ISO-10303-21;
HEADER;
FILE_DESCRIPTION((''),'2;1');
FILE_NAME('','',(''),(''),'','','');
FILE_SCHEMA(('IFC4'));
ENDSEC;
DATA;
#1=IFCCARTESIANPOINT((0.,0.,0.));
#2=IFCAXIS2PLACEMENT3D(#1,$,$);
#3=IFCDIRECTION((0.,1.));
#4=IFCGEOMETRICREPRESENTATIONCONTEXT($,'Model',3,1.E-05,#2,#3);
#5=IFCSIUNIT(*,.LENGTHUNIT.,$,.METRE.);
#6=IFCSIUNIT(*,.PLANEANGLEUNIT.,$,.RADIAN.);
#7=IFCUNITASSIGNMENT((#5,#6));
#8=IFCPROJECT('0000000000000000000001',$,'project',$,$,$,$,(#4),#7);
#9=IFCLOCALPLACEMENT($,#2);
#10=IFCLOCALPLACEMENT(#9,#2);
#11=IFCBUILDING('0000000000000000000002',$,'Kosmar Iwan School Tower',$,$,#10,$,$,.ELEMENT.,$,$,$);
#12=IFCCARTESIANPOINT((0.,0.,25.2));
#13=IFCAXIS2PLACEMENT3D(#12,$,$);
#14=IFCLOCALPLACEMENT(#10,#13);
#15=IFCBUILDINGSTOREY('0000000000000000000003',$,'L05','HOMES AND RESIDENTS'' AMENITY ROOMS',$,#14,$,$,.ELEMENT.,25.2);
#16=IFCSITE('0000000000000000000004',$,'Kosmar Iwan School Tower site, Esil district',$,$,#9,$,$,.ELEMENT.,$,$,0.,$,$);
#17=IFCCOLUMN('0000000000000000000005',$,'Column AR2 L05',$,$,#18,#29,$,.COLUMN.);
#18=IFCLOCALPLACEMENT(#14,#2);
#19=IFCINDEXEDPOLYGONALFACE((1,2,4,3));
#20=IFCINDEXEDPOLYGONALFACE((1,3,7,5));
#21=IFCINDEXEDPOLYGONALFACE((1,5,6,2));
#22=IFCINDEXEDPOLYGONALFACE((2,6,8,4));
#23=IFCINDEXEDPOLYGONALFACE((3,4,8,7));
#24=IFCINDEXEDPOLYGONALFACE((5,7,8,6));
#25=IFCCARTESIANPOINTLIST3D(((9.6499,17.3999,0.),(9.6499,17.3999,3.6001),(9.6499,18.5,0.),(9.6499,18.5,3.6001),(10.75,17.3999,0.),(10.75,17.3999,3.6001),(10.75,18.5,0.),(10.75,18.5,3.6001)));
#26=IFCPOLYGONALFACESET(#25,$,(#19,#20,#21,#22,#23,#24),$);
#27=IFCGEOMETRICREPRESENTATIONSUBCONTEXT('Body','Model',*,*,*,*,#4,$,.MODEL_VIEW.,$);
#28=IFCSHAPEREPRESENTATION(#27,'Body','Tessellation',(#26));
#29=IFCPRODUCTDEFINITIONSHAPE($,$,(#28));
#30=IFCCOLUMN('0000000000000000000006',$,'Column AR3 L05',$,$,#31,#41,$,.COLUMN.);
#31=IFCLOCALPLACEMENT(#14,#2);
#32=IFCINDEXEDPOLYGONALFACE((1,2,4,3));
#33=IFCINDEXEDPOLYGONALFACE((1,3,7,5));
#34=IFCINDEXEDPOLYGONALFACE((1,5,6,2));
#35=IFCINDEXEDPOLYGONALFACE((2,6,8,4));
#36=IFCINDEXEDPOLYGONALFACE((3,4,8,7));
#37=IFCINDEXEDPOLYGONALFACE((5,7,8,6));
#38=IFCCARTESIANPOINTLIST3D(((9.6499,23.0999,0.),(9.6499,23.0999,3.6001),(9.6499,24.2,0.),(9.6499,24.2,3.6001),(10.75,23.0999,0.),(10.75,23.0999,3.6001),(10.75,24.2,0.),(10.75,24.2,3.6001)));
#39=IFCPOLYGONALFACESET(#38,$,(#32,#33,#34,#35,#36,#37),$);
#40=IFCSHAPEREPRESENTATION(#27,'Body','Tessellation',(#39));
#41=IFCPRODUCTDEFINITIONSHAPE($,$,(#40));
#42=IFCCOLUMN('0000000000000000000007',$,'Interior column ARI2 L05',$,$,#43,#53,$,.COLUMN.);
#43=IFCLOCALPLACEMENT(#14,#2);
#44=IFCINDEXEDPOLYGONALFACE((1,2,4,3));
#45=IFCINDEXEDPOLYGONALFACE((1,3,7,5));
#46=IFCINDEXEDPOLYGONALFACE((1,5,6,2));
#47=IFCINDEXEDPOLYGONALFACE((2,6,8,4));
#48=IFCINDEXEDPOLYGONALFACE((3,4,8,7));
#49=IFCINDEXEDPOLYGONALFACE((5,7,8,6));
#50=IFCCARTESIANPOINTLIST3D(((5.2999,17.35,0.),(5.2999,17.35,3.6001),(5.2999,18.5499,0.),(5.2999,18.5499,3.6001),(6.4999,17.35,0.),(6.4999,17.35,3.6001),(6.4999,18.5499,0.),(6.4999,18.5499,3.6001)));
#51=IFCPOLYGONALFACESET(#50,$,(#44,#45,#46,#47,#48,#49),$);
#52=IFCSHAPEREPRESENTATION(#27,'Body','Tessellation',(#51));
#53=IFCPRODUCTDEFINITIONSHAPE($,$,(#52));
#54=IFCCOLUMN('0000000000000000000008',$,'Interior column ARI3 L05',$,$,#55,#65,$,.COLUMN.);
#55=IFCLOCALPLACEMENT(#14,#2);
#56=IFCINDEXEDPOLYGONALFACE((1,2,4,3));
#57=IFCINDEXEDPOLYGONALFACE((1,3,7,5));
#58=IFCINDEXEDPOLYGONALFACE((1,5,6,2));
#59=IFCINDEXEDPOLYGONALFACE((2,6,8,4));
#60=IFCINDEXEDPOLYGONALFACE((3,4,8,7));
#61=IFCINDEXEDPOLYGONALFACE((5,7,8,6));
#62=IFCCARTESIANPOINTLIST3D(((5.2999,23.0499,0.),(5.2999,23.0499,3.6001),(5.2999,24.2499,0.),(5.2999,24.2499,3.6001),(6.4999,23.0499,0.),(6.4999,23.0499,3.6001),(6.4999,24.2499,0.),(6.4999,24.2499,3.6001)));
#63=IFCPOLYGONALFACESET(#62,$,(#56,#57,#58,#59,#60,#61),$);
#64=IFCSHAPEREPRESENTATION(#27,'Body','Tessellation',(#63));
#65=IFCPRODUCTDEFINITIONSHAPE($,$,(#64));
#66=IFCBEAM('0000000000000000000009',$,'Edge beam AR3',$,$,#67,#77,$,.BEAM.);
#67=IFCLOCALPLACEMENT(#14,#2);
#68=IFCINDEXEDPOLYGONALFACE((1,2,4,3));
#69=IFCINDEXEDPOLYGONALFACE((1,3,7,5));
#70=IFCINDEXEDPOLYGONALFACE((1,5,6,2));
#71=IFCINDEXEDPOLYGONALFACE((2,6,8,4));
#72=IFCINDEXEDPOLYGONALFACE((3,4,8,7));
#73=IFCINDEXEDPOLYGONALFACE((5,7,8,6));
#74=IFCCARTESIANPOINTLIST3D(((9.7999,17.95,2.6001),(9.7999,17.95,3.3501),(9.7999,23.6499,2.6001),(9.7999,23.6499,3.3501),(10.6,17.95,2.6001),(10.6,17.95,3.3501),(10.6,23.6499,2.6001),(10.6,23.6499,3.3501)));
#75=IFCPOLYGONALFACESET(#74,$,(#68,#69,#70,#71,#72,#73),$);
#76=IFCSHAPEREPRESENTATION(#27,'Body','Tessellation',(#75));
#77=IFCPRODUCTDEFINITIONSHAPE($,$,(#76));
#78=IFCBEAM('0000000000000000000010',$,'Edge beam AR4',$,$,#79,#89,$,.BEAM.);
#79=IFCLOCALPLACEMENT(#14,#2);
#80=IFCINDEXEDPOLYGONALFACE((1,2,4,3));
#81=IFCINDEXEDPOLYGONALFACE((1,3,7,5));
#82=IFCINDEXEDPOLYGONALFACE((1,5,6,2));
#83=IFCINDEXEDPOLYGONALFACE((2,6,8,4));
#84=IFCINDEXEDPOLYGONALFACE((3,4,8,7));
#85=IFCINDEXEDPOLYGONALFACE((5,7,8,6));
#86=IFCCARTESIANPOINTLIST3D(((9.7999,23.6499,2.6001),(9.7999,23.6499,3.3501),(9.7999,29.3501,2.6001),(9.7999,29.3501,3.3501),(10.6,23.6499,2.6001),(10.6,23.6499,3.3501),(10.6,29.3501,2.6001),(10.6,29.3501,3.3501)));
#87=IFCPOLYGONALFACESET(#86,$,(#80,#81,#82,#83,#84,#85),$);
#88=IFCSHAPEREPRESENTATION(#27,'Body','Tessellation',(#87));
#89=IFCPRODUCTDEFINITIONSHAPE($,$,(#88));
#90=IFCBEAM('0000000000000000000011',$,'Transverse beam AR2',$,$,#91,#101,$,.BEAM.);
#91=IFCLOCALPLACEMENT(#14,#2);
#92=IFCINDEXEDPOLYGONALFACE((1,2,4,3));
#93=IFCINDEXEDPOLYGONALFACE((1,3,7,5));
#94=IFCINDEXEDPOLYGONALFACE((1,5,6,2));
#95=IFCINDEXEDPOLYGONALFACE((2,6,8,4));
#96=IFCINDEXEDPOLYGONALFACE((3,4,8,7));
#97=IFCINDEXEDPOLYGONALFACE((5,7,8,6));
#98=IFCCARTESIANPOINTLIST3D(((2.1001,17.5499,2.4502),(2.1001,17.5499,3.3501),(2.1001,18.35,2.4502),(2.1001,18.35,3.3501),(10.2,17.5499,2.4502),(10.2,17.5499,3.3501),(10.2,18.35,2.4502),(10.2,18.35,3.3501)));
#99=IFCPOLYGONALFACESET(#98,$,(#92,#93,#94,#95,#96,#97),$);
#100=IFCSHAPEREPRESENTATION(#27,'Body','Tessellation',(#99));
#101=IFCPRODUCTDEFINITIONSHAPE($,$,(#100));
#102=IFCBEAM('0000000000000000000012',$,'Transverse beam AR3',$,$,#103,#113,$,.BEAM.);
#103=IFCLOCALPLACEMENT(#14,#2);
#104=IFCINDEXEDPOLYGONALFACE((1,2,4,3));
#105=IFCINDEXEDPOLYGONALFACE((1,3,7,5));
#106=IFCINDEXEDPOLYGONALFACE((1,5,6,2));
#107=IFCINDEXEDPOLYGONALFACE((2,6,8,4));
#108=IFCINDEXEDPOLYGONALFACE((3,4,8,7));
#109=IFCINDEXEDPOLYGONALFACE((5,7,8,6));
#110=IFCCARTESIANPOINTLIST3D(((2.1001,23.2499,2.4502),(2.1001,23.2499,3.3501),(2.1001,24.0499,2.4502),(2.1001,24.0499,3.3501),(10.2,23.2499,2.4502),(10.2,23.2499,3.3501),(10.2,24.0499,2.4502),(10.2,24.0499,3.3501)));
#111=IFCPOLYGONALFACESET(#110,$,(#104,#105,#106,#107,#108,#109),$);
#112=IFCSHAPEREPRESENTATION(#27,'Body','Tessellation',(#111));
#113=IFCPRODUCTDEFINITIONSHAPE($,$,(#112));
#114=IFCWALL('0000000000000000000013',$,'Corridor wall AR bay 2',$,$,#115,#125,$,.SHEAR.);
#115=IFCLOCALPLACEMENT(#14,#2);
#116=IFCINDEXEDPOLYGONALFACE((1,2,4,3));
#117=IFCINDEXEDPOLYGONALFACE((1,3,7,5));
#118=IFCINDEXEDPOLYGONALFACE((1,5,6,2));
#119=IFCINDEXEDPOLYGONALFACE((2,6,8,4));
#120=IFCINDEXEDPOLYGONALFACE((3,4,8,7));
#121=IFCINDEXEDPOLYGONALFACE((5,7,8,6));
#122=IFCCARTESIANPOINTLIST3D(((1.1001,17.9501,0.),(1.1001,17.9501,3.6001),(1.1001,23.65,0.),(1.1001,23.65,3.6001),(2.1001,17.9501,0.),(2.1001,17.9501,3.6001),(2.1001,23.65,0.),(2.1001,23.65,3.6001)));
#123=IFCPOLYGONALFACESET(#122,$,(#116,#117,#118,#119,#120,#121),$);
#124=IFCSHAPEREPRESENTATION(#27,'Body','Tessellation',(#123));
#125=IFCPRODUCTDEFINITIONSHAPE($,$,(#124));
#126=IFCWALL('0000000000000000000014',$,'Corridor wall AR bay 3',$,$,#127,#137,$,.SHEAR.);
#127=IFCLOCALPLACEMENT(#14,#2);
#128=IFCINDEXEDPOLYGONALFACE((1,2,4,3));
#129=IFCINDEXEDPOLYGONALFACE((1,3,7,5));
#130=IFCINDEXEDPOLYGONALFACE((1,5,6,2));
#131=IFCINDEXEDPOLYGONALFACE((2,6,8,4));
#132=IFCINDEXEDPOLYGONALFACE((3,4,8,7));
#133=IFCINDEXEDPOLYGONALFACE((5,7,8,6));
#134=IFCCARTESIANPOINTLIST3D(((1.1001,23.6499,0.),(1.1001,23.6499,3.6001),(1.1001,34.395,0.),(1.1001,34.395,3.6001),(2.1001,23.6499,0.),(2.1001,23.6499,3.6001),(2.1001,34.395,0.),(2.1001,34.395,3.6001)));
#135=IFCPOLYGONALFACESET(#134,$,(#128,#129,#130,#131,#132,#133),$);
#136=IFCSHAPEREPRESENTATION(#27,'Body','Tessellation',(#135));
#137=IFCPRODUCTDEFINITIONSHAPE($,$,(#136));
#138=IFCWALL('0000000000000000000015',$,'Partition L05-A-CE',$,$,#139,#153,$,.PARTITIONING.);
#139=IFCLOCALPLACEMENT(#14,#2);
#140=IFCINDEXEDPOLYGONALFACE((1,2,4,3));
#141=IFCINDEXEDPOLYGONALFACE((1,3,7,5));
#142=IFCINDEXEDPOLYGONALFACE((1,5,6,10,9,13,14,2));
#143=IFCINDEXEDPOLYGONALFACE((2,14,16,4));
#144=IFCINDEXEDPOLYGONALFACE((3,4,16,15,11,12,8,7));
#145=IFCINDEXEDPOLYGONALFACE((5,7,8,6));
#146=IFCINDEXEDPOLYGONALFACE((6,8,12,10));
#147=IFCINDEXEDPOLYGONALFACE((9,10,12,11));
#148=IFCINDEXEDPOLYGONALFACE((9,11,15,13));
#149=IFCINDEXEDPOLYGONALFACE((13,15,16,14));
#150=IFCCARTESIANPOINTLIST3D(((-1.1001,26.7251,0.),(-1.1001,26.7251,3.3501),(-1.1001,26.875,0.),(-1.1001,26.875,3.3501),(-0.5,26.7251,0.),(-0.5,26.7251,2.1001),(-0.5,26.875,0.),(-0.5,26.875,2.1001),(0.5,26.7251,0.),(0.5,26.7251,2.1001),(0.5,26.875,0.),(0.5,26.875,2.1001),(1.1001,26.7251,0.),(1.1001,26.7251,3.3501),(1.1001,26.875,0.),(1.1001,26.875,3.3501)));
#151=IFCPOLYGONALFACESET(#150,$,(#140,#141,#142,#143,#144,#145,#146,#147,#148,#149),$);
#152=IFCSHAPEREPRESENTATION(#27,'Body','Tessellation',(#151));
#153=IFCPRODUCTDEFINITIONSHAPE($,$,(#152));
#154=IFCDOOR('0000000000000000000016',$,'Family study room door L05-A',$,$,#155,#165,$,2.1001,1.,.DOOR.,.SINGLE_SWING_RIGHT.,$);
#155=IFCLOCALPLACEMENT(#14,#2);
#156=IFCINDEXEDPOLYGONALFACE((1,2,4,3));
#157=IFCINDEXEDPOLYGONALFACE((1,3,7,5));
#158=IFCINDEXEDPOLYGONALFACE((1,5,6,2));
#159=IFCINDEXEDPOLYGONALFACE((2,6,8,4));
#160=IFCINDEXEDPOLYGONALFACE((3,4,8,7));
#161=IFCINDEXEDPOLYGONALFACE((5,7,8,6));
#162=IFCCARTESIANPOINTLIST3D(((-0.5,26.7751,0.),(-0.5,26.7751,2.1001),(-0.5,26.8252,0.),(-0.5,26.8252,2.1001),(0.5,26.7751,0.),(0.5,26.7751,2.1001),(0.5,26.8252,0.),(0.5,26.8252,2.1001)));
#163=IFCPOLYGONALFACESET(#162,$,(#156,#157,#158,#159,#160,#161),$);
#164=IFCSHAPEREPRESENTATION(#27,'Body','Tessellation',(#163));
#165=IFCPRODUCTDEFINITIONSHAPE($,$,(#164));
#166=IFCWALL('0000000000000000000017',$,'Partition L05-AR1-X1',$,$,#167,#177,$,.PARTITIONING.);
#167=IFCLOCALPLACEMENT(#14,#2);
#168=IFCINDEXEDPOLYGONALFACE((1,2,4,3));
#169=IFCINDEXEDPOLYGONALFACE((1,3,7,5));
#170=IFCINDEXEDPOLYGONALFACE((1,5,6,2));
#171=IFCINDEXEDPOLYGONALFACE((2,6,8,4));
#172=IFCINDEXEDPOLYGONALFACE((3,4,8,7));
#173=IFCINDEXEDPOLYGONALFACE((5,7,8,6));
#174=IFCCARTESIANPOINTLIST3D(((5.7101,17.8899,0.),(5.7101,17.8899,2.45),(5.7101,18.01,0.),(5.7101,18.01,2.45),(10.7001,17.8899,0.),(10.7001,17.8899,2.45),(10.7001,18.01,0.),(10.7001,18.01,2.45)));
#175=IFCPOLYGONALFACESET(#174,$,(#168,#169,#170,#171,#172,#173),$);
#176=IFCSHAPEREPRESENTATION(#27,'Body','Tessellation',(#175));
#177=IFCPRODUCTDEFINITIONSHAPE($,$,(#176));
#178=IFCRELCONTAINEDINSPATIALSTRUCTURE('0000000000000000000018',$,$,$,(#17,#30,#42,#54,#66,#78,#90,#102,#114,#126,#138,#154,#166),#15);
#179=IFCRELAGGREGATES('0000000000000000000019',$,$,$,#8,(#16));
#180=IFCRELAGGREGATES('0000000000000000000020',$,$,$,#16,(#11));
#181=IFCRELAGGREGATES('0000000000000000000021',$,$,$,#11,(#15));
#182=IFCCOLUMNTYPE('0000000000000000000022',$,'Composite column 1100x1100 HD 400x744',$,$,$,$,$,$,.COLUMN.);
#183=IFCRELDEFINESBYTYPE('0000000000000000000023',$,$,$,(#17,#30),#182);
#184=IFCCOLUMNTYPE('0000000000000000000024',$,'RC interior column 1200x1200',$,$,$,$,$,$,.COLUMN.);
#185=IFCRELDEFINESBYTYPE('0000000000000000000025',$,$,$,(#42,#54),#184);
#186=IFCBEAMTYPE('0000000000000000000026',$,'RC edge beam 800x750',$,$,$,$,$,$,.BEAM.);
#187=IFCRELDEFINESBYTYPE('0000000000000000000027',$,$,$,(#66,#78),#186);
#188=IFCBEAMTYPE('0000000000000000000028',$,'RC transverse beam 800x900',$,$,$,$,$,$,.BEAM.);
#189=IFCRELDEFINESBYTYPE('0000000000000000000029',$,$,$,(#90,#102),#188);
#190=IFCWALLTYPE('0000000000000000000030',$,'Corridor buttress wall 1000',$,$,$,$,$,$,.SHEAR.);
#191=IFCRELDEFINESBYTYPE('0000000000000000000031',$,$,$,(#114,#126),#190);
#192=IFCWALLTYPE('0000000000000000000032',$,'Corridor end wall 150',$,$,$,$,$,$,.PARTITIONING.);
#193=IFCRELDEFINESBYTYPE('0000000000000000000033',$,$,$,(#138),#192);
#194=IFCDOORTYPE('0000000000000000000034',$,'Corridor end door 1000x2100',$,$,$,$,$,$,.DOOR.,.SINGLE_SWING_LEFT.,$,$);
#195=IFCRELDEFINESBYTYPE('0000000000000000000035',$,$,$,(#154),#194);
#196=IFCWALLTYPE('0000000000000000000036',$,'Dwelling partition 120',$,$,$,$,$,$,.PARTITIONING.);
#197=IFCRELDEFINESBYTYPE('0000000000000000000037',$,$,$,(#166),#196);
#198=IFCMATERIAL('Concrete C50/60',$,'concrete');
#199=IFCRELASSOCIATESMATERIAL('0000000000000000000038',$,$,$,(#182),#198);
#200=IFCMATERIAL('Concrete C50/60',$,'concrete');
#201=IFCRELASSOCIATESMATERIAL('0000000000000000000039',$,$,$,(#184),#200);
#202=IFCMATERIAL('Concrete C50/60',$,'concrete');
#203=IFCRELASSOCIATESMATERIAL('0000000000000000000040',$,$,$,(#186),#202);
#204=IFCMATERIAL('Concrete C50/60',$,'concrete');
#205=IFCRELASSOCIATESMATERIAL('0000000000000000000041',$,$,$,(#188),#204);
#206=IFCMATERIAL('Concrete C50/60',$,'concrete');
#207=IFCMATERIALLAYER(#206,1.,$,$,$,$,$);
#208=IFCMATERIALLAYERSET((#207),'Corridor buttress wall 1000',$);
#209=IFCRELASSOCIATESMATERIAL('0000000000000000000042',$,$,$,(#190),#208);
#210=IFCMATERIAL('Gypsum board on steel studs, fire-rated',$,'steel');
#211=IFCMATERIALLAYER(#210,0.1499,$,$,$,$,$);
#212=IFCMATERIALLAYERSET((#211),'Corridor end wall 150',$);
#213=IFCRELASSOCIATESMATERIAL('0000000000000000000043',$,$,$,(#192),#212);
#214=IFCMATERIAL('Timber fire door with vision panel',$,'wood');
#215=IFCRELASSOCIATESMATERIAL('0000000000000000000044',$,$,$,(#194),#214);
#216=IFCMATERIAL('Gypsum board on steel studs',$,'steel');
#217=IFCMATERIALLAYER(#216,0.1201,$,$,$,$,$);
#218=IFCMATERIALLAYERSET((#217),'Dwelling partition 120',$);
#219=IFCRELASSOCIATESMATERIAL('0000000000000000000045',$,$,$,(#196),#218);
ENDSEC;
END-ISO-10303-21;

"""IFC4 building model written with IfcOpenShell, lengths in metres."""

from ifc_helpers import new_model, si_unit, direction, frame, frame_2d, origin, origin_2d, place, context, subcontext, project, spatial, rectangle, extrude, material, layer, layer_set, material_profile, profile_set, type_object, element, fill, save


model = new_model("IFC4")

# Units and contexts
model_context = context("Model", 3, precision=1e-05, world=origin(), true_north=direction((0.0, 1.0)))
body_context = subcontext(model_context, "Body", "Model", "MODEL_VIEW")
ifc_project = project(units=[si_unit("LENGTHUNIT", "METRE"), si_unit("PLANEANGLEUNIT", "RADIAN")], contexts=[model_context])

# Site, building, storey
site_placement = place(None, origin())
site = spatial("IfcSite", under=ifc_project, at=site_placement, Name="Kosmar Iwan School Tower site, Esil district", CompositionType="ELEMENT", RefElevation=0.0)
building_placement = place(site_placement, origin())
building = spatial("IfcBuilding", under=site, at=building_placement, Name="Kosmar Iwan School Tower", CompositionType="ELEMENT")
storey_placement = place(building_placement, frame((0.0, 0.0, 25.2)))
storey = spatial("IfcBuildingStorey", under=building, at=storey_placement, Name="L05", Description="HOMES AND RESIDENTS' AMENITY ROOMS", CompositionType="ELEMENT", Elevation=25.2)

# Columns
ifc_material_1 = material(Name="Concrete C50/60", Category="concrete")
ifc_material_profile_1 = material_profile(ifc_material_1, rectangle(XDim=1.1001, YDim=1.1001, at=origin_2d()), Name="RC 1100x1100 + HD 400x744")
ifc_profile_set_1 = profile_set([ifc_material_profile_1], Name="Concrete C50/60")
column_type_1 = type_object("IfcColumnType", Name="Composite column 1100x1100 HD 400x744", PredefinedType="COLUMN", material=ifc_profile_set_1)
for number, where, z_axis, x_axis, name in (
    (1, (10.2, 17.95, 0.0), (0.0, 0.0, 1.0), (0.0, 1.0, 0.0), "Column AR2 L05"),
    (2, (10.2, 23.6499, 0.0), (0.0, 0.0, 1.0), (0.0, 1.0, 0.0), "Column AR3 L05"),
):
    element("IfcColumn", number, at=place(storey_placement, frame(where, z_axis=z_axis, x_axis=x_axis)), inside=storey, type_object=column_type_1, Name=name, PredefinedType="COLUMN", context=body_context, shape_type="SweptSolid", body=[
        extrude(rectangle(XDim=1.1001, YDim=1.1001, at=origin_2d()), origin(), (0.0, 0.0, 1.0), 3.6001),
    ])
ifc_material_2 = material(Name="Concrete C50/60", Category="concrete")
ifc_material_profile_2 = material_profile(ifc_material_2, rectangle(XDim=1.2, YDim=1.2, at=origin_2d()), Name="RC 1200x1200")
ifc_profile_set_2 = profile_set([ifc_material_profile_2], Name="Concrete C50/60")
column_type_2 = type_object("IfcColumnType", Name="RC interior column 1200x1200", PredefinedType="COLUMN", material=ifc_profile_set_2)
for number, where, z_axis, x_axis, name in (
    (3, (5.8999, 17.95, 0.0), (0.0, 0.0, 1.0), (0.0, 1.0, 0.0), "Interior column ARI2 L05"),
    (4, (5.8999, 23.6499, 0.0), (0.0, 0.0, 1.0), (0.0, 1.0, 0.0), "Interior column ARI3 L05"),
):
    element("IfcColumn", number, at=place(storey_placement, frame(where, z_axis=z_axis, x_axis=x_axis)), inside=storey, type_object=column_type_2, Name=name, PredefinedType="COLUMN", context=body_context, shape_type="SweptSolid", body=[
        extrude(rectangle(XDim=1.2, YDim=1.2, at=origin_2d()), origin(), (0.0, 0.0, 1.0), 3.6001),
    ])

# Beams
ifc_material_3 = material(Name="Concrete C50/60", Category="concrete")
ifc_material_profile_3 = material_profile(ifc_material_3, rectangle(XDim=0.8, YDim=0.75, at=origin_2d()), Name="RC 800x750")
ifc_profile_set_3 = profile_set([ifc_material_profile_3], Name="Concrete C50/60")
beam_type_1 = type_object("IfcBeamType", Name="RC edge beam 800x750", PredefinedType="BEAM", material=ifc_profile_set_3)
beam_1_placement = place(storey_placement, frame((10.2, 17.95, 2.9751), z_axis=(0.0, 1.0, 0.0), x_axis=(-1.0, 0.0, 0.0)))
element("IfcBeam", 5, at=beam_1_placement, inside=storey, type_object=beam_type_1, Name="Edge beam AR3", PredefinedType="BEAM", context=body_context, shape_type="SweptSolid", body=[
    extrude(rectangle(XDim=0.8, YDim=0.75, at=origin_2d()), origin(), (0.0, 0.0, 1.0), 5.7),
])
beam_2_placement = place(storey_placement, frame((10.2, 23.6499, 2.9751), z_axis=(0.0, 1.0, 0.0), x_axis=(-1.0, 0.0, 0.0)))
element("IfcBeam", 6, at=beam_2_placement, inside=storey, type_object=beam_type_1, Name="Edge beam AR4", PredefinedType="BEAM", context=body_context, shape_type="SweptSolid", body=[
    extrude(rectangle(XDim=0.8, YDim=0.75, at=origin_2d()), origin(), (0.0, 0.0, 1.0), 5.7002),
])
ifc_material_4 = material(Name="Concrete C50/60", Category="concrete")
ifc_material_profile_4 = material_profile(ifc_material_4, rectangle(XDim=0.8, YDim=0.8999, at=origin_2d()), Name="RC 800x900")
ifc_profile_set_4 = profile_set([ifc_material_profile_4], Name="Concrete C50/60")
beam_type_2 = type_object("IfcBeamType", Name="RC transverse beam 800x900", PredefinedType="BEAM", material=ifc_profile_set_4)
for number, where, z_axis, x_axis, name in (
    (7, (10.2, 17.95, 2.9001), (-1.0, 0.0, 0.0), (0.0, -1.0, 0.0), "Transverse beam AR2"),
    (8, (10.2, 23.6499, 2.9001), (-1.0, 0.0, 0.0), (0.0, -1.0, 0.0), "Transverse beam AR3"),
):
    element("IfcBeam", number, at=place(storey_placement, frame(where, z_axis=z_axis, x_axis=x_axis)), inside=storey, type_object=beam_type_2, Name=name, PredefinedType="BEAM", context=body_context, shape_type="SweptSolid", body=[
        extrude(rectangle(XDim=0.8, YDim=0.8999, at=origin_2d()), origin(), (0.0, 0.0, 1.0), 8.0999),
    ])

# Walls
ifc_material_5 = material(Name="Concrete C50/60", Category="concrete")
ifc_layer_1 = layer(ifc_material_5, 1.0)
ifc_layer_set_1 = layer_set([ifc_layer_1], Name="Corridor buttress wall 1000")
wall_type_1 = type_object("IfcWallType", Name="Corridor buttress wall 1000", PredefinedType="SHEAR", material=ifc_layer_set_1)
wall_1_placement = place(storey_placement, frame((1.6001, 17.95, 0.0), z_axis=(0.0, 0.0, 1.0), x_axis=(0.0, 1.0, 0.0)))
element("IfcWall", 9, at=wall_1_placement, inside=storey, type_object=wall_type_1, Name="Corridor wall AR bay 2", PredefinedType="SHEAR", context=body_context, shape_type="SweptSolid", body=[
    extrude(rectangle(XDim=5.7, YDim=1.0, at=frame_2d((2.8501, 0.0))), origin(), (0.0, 0.0, 1.0), 3.6001),
])
wall_2_placement = place(storey_placement, frame((1.6001, 23.6499, 0.0), z_axis=(0.0, 0.0, 1.0), x_axis=(0.0, 1.0, 0.0)))
element("IfcWall", 10, at=wall_2_placement, inside=storey, type_object=wall_type_1, Name="Corridor wall AR bay 3", PredefinedType="SHEAR", context=body_context, shape_type="SweptSolid", body=[
    extrude(rectangle(XDim=10.7451, YDim=1.0, at=frame_2d((5.3726, 0.0))), origin(), (0.0, 0.0, 1.0), 3.6001),
])

# Wall, opening, door
ifc_material_6 = material(Name="Gypsum board on steel studs, fire-rated", Category="steel")
ifc_layer_2 = layer(ifc_material_6, 0.1499)
ifc_layer_set_2 = layer_set([ifc_layer_2], Name="Corridor end wall 150")
wall_type_2 = type_object("IfcWallType", Name="Corridor end wall 150", PredefinedType="PARTITIONING", material=ifc_layer_set_2)
wall_3_placement = place(storey_placement, frame((1.1001, 26.8, 0.0), z_axis=(0.0, 0.0, 1.0), x_axis=(-1.0, 0.0, 0.0)))
wall_3 = element("IfcWall", 11, at=wall_3_placement, inside=storey, type_object=wall_type_2, Name="Partition L05-A-CE", PredefinedType="PARTITIONING", context=body_context, shape_type="SweptSolid", body=[
    extrude(rectangle(XDim=2.2002, YDim=0.1499, at=frame_2d((1.1001, 0.0))), origin(), (0.0, 0.0, 1.0), 3.3501),
])
opening_placement = place(wall_3_placement, frame((0.6001, 0.0, 0.0)))
opening = element("IfcOpeningElement", 12, at=opening_placement, cuts=wall_3, PredefinedType="OPENING", context=body_context, shape_type="SweptSolid", body=[
    extrude(rectangle(XDim=1.0, YDim=2.1001, at=frame_2d((0.5, 1.05))), frame((0.0, 0.0869, 0.0), z_axis=(0.0, -1.0, 0.0), x_axis=(1.0, 0.0, 0.0)), (0.0, 0.0, 1.0), 0.1738),
])
ifc_material_7 = material(Name="Timber fire door with vision panel", Category="wood")
door_type = type_object("IfcDoorType", Name="Corridor end door 1000x2100", OperationType="SINGLE_SWING_LEFT", PredefinedType="DOOR", material=ifc_material_7)
door_placement = place(opening_placement, origin())
door = element("IfcDoor", 13, at=door_placement, inside=storey, type_object=door_type, Name="Family study room door L05-A", OperationType="SINGLE_SWING_RIGHT", OverallHeight=2.1001, OverallWidth=1.0, PredefinedType="DOOR", context=body_context, shape_type="SweptSolid", body=[
    extrude(rectangle(XDim=1.0, YDim=2.1001, at=frame_2d((0.5, 1.05))), frame((0.0, 0.0249, 0.0), z_axis=(0.0, -1.0, 0.0), x_axis=(1.0, 0.0, 0.0)), (0.0, 0.0, 1.0), 0.05),
])
fill(opening, door)

# Wall
ifc_material_8 = material(Name="Gypsum board on steel studs", Category="steel")
ifc_layer_3 = layer(ifc_material_8, 0.1201)
ifc_layer_set_3 = layer_set([ifc_layer_3], Name="Dwelling partition 120")
wall_type_3 = type_object("IfcWallType", Name="Dwelling partition 120", PredefinedType="PARTITIONING", material=ifc_layer_set_3)
wall_4_placement = place(storey_placement, frame((5.71, 17.95, 0.0), z_axis=(0.0, 0.0, 1.0), x_axis=(1.0, 0.0, 0.0)))
element("IfcWall", 14, at=wall_4_placement, inside=storey, type_object=wall_type_3, Name="Partition L05-AR1-X1", PredefinedType="PARTITIONING", context=body_context, shape_type="SweptSolid", body=[
    extrude(rectangle(XDim=4.99, YDim=0.1201, at=frame_2d((2.4951, 0.0))), origin(), (0.0, 0.0, 1.0), 2.45),
])

save(model, "model.ifc")
